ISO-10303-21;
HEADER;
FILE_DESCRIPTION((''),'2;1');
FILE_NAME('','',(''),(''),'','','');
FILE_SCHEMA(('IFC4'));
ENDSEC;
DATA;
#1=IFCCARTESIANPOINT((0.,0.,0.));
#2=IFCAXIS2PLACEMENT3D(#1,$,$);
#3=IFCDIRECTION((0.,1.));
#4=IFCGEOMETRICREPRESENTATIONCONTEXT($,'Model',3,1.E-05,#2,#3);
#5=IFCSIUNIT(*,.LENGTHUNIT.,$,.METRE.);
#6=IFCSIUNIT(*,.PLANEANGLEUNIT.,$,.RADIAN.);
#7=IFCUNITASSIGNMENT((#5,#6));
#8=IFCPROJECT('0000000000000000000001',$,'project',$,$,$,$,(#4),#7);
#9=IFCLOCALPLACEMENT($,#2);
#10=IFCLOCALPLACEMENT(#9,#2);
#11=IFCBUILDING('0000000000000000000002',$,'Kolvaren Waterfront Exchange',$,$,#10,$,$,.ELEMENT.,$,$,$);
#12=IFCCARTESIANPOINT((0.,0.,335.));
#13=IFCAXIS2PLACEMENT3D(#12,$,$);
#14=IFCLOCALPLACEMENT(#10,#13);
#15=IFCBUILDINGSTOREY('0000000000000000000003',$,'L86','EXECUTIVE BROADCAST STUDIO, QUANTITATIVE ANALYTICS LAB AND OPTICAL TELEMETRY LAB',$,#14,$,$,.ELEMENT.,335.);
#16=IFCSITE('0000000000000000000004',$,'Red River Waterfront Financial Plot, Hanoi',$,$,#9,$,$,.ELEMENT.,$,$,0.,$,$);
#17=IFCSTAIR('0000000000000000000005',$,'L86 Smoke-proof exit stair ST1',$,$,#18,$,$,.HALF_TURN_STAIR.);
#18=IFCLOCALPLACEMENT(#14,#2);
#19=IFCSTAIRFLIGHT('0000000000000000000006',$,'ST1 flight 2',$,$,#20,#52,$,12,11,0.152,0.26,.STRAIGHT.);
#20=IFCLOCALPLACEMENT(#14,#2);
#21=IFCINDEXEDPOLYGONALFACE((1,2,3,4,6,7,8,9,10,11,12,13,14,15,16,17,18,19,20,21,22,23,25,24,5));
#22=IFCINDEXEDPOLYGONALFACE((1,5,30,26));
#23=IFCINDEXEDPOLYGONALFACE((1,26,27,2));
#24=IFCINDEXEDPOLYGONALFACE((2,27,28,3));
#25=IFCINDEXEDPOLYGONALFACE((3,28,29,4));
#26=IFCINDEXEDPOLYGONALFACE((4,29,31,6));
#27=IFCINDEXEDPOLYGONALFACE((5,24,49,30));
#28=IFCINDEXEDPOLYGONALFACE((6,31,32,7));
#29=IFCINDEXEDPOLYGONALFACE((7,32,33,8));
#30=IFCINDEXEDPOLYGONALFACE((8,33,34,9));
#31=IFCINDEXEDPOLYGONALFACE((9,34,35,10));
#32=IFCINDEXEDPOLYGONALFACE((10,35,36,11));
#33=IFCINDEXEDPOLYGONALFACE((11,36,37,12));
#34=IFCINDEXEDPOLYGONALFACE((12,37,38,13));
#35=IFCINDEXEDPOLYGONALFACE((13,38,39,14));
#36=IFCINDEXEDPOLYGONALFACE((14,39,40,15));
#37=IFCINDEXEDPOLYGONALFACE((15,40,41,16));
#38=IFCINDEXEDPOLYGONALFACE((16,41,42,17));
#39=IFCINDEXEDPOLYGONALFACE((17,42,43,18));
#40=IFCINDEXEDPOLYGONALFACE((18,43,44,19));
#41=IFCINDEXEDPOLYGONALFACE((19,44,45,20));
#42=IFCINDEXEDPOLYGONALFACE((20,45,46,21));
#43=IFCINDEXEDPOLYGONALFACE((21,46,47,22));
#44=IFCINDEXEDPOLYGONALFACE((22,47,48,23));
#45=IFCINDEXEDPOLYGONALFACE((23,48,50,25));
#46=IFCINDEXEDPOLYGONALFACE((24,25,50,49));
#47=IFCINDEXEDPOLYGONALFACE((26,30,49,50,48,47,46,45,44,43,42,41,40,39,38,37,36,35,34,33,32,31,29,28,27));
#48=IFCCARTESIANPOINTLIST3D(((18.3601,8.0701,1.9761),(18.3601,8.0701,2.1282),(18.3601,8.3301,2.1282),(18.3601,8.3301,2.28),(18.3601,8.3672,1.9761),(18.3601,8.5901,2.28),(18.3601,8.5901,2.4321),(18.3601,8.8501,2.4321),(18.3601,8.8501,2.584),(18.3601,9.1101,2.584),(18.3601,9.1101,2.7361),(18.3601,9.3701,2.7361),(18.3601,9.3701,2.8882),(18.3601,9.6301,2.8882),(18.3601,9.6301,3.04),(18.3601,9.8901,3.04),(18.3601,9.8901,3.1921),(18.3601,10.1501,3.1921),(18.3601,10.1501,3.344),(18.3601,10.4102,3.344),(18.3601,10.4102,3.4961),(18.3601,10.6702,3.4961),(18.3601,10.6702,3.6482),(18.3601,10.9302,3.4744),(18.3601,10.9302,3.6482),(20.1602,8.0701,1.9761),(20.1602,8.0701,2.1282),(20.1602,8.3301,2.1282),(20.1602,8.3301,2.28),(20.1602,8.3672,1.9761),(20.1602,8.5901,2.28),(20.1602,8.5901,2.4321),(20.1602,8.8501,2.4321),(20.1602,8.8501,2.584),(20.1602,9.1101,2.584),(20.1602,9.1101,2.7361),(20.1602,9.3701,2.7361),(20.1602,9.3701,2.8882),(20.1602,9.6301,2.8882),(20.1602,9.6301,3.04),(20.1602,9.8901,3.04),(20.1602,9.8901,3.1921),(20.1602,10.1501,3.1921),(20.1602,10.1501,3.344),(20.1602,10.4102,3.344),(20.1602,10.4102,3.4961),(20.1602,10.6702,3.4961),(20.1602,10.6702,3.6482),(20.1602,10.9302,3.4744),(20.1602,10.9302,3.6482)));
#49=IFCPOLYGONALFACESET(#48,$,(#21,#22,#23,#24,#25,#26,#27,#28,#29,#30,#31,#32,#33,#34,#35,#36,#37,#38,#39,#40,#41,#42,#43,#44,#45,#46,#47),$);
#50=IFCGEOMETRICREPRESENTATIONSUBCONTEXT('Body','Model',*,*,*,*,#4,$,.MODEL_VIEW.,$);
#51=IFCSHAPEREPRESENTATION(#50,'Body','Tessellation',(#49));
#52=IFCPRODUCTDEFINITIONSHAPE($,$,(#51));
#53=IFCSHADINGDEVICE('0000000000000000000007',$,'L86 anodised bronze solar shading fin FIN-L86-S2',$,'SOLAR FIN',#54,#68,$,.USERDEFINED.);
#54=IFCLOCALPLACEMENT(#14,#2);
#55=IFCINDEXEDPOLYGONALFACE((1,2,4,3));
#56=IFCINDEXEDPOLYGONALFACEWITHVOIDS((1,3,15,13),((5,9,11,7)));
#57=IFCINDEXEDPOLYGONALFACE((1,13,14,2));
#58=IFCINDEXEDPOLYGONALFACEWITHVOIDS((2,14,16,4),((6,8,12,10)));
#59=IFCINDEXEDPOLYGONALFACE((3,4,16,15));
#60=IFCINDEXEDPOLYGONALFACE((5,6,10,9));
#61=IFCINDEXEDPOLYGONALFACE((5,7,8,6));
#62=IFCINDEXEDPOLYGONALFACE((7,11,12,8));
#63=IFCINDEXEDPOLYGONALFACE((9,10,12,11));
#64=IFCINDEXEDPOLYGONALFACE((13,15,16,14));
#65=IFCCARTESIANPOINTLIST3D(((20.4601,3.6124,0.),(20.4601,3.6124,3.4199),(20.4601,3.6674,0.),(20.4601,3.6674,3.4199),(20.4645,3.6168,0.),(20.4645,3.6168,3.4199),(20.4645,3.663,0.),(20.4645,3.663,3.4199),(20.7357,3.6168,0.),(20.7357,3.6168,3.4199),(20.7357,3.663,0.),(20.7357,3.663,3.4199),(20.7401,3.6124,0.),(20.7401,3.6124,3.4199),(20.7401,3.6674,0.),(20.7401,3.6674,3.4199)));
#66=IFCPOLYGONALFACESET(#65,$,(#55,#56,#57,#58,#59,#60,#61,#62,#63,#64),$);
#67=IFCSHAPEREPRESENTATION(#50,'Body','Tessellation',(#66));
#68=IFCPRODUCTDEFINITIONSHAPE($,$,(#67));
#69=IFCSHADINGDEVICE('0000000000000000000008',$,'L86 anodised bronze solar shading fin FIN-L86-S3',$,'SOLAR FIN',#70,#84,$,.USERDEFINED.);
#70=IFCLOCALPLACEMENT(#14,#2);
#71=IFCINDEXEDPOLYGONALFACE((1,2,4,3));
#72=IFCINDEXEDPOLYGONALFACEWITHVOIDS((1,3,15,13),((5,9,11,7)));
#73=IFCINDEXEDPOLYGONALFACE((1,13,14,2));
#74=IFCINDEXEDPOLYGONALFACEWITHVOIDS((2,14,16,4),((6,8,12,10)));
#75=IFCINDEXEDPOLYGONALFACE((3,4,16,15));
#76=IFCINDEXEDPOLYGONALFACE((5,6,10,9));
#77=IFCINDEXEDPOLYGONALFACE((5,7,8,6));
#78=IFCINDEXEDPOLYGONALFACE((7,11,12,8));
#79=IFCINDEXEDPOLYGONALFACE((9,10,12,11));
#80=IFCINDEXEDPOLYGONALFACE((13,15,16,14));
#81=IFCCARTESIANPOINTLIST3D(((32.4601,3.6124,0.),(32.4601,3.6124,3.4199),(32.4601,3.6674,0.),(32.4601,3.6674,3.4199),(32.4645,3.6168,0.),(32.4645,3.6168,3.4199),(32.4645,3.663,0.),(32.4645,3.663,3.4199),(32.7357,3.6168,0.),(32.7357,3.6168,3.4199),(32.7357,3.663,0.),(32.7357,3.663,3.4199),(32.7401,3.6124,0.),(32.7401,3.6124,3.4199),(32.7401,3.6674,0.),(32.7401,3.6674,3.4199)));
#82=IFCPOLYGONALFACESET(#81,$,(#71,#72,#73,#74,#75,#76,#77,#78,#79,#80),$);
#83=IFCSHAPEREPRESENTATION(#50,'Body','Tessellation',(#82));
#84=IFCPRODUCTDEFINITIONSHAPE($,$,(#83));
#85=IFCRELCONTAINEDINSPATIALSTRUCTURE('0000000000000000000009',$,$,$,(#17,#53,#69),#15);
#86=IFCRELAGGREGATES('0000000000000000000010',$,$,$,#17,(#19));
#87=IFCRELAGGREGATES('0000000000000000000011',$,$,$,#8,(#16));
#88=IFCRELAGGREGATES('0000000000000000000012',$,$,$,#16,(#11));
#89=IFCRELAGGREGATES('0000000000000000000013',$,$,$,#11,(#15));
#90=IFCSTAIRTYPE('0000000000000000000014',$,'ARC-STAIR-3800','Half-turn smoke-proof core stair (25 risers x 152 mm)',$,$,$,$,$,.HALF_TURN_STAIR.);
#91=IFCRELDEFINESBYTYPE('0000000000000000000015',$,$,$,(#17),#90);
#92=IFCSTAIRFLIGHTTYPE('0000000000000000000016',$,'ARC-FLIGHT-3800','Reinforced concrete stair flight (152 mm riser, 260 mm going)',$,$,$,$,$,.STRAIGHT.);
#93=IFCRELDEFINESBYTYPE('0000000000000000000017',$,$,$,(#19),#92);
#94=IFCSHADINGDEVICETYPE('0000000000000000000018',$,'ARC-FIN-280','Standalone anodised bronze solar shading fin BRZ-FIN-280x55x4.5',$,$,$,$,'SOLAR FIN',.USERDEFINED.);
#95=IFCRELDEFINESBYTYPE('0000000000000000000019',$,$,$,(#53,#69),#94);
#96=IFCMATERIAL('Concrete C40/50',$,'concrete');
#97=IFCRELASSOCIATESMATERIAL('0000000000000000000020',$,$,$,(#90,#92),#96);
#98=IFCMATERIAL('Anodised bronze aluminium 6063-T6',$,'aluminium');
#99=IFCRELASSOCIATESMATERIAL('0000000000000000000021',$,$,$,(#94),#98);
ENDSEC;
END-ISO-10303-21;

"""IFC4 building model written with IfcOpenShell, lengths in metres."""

from ifc_helpers import new_model, si_unit, direction, frame, origin, origin_2d, place, context, subcontext, project, spatial, polyline, hollow_rectangle, outline, extrude, material, material_profile, profile_set, type_object, element, aggregate, save


model = new_model("IFC4")

# Units and contexts
model_context = context("Model", 3, precision=1e-05, world=origin(), true_north=direction((0.0, 1.0)))
body_context = subcontext(model_context, "Body", "Model", "MODEL_VIEW")
ifc_project = project(units=[si_unit("LENGTHUNIT", "METRE"), si_unit("PLANEANGLEUNIT", "RADIAN")], contexts=[model_context])

# Site, building, storey
site_placement = place(None, origin())
site = spatial("IfcSite", under=ifc_project, at=site_placement, Name="Red River Waterfront Financial Plot, Hanoi", CompositionType="ELEMENT", RefElevation=0.0)
building_placement = place(site_placement, origin())
building = spatial("IfcBuilding", under=site, at=building_placement, Name="Kolvaren Waterfront Exchange", CompositionType="ELEMENT")
storey_placement = place(building_placement, frame((0.0, 0.0, 335.0)))
storey = spatial("IfcBuildingStorey", under=building, at=storey_placement, Name="L86", Description="EXECUTIVE BROADCAST STUDIO, QUANTITATIVE ANALYTICS LAB AND OPTICAL TELEMETRY LAB", CompositionType="ELEMENT", Elevation=335.0)

# Shared definitions
ifc_material_1 = material(Name="Anodised bronze aluminium 6063-T6", Category="aluminium")

# Shared definitions
ifc_material_2 = material(Name="Concrete C40/50", Category="concrete")

# Stair, stair flight
stair_type = type_object("IfcStairType", Name="ARC-STAIR-3800", Description="Half-turn smoke-proof core stair (25 risers x 152 mm)", PredefinedType="HALF_TURN_STAIR", material=ifc_material_2)
stair_placement = place(storey_placement, origin())
stair = element("IfcStair", 1, at=stair_placement, inside=storey, type_object=stair_type, Name="L86 Smoke-proof exit stair ST1", PredefinedType="HALF_TURN_STAIR")
stair_flight_type = type_object("IfcStairFlightType", Name="ARC-FLIGHT-3800", Description="Reinforced concrete stair flight (152 mm riser, 260 mm going)", PredefinedType="STRAIGHT", material=ifc_material_2)
stair_flight_placement = place(storey_placement, frame((19.26, 8.0701, 1.9761), z_axis=(0.0, 0.0, 1.0), x_axis=(0.0, 1.0, 0.0)))
stair_flight = element("IfcStairFlight", 2, at=stair_flight_placement, type_object=stair_flight_type, Name="ST1 flight 2", NumberOfRisers=12, NumberOfTreads=11, PredefinedType="STRAIGHT", RiserHeight=0.152, TreadLength=0.26, context=body_context, shape_type="SweptSolid", body=[
    extrude(outline(polyline([(0.0, 0.0), (0.0, 0.1521), (0.26, 0.1521), (0.26, 0.304), (0.52, 0.304), (0.52, 0.4561), (0.78, 0.4561), (0.78, 0.6079), (1.04, 0.6079), (1.04, 0.76), (1.3, 0.76), (1.3, 0.9121), (1.5601, 0.9121), (1.5601, 1.064), (1.8201, 1.064), (1.8201, 1.2161), (2.0801, 1.2161), (2.0801, 1.3679), (2.3401, 1.3679), (2.3401, 1.52), (2.6001, 1.52), (2.6001, 1.6721), (2.8601, 1.6721), (2.8601, 1.824), (2.8601, 1.4983), (0.2971, 0.0), (0.0, 0.0)])), frame((0.0, 0.8999, 0.0), z_axis=(0.0, -1.0, 0.0), x_axis=(1.0, 0.0, 0.0)), (0.0, 0.0, 1.0), 1.8),
])
aggregate(stair, [stair_flight])

# Shading devices
ifc_material_profile_1 = material_profile(ifc_material_1, hollow_rectangle(XDim=0.0549, YDim=0.28, WallThickness=0.0044, at=origin_2d()), Name="BRZ-FIN-280x55x4.5")
ifc_profile_set_1 = profile_set([ifc_material_profile_1], Name="Anodised bronze aluminium 6063-T6")
shading_device_type = type_object("IfcShadingDeviceType", Name="ARC-FIN-280", Description="Standalone anodised bronze solar shading fin BRZ-FIN-280x55x4.5", ElementType="SOLAR FIN", PredefinedType="USERDEFINED", material=ifc_profile_set_1)
for number, where, z_axis, x_axis, name in (
    (3, (20.6001, 3.6399, 0.0), (0.0, 0.0, 1.0), (0.0, -1.0, 0.0), "L86 anodised bronze solar shading fin FIN-L86-S2"),
    (4, (32.6001, 3.6399, 0.0), (0.0, 0.0, 1.0), (0.0, -1.0, 0.0), "L86 anodised bronze solar shading fin FIN-L86-S3"),
):
    element("IfcShadingDevice", number, at=place(storey_placement, frame(where, z_axis=z_axis, x_axis=x_axis)), inside=storey, type_object=shading_device_type, Name=name, ObjectType="SOLAR FIN", PredefinedType="USERDEFINED", context=body_context, shape_type="SweptSolid", body=[
        extrude(hollow_rectangle(XDim=0.0549, YDim=0.28, WallThickness=0.0044, at=origin_2d()), origin(), (0.0, 0.0, 1.0), 3.4199),
    ])

save(model, "model.ifc")
